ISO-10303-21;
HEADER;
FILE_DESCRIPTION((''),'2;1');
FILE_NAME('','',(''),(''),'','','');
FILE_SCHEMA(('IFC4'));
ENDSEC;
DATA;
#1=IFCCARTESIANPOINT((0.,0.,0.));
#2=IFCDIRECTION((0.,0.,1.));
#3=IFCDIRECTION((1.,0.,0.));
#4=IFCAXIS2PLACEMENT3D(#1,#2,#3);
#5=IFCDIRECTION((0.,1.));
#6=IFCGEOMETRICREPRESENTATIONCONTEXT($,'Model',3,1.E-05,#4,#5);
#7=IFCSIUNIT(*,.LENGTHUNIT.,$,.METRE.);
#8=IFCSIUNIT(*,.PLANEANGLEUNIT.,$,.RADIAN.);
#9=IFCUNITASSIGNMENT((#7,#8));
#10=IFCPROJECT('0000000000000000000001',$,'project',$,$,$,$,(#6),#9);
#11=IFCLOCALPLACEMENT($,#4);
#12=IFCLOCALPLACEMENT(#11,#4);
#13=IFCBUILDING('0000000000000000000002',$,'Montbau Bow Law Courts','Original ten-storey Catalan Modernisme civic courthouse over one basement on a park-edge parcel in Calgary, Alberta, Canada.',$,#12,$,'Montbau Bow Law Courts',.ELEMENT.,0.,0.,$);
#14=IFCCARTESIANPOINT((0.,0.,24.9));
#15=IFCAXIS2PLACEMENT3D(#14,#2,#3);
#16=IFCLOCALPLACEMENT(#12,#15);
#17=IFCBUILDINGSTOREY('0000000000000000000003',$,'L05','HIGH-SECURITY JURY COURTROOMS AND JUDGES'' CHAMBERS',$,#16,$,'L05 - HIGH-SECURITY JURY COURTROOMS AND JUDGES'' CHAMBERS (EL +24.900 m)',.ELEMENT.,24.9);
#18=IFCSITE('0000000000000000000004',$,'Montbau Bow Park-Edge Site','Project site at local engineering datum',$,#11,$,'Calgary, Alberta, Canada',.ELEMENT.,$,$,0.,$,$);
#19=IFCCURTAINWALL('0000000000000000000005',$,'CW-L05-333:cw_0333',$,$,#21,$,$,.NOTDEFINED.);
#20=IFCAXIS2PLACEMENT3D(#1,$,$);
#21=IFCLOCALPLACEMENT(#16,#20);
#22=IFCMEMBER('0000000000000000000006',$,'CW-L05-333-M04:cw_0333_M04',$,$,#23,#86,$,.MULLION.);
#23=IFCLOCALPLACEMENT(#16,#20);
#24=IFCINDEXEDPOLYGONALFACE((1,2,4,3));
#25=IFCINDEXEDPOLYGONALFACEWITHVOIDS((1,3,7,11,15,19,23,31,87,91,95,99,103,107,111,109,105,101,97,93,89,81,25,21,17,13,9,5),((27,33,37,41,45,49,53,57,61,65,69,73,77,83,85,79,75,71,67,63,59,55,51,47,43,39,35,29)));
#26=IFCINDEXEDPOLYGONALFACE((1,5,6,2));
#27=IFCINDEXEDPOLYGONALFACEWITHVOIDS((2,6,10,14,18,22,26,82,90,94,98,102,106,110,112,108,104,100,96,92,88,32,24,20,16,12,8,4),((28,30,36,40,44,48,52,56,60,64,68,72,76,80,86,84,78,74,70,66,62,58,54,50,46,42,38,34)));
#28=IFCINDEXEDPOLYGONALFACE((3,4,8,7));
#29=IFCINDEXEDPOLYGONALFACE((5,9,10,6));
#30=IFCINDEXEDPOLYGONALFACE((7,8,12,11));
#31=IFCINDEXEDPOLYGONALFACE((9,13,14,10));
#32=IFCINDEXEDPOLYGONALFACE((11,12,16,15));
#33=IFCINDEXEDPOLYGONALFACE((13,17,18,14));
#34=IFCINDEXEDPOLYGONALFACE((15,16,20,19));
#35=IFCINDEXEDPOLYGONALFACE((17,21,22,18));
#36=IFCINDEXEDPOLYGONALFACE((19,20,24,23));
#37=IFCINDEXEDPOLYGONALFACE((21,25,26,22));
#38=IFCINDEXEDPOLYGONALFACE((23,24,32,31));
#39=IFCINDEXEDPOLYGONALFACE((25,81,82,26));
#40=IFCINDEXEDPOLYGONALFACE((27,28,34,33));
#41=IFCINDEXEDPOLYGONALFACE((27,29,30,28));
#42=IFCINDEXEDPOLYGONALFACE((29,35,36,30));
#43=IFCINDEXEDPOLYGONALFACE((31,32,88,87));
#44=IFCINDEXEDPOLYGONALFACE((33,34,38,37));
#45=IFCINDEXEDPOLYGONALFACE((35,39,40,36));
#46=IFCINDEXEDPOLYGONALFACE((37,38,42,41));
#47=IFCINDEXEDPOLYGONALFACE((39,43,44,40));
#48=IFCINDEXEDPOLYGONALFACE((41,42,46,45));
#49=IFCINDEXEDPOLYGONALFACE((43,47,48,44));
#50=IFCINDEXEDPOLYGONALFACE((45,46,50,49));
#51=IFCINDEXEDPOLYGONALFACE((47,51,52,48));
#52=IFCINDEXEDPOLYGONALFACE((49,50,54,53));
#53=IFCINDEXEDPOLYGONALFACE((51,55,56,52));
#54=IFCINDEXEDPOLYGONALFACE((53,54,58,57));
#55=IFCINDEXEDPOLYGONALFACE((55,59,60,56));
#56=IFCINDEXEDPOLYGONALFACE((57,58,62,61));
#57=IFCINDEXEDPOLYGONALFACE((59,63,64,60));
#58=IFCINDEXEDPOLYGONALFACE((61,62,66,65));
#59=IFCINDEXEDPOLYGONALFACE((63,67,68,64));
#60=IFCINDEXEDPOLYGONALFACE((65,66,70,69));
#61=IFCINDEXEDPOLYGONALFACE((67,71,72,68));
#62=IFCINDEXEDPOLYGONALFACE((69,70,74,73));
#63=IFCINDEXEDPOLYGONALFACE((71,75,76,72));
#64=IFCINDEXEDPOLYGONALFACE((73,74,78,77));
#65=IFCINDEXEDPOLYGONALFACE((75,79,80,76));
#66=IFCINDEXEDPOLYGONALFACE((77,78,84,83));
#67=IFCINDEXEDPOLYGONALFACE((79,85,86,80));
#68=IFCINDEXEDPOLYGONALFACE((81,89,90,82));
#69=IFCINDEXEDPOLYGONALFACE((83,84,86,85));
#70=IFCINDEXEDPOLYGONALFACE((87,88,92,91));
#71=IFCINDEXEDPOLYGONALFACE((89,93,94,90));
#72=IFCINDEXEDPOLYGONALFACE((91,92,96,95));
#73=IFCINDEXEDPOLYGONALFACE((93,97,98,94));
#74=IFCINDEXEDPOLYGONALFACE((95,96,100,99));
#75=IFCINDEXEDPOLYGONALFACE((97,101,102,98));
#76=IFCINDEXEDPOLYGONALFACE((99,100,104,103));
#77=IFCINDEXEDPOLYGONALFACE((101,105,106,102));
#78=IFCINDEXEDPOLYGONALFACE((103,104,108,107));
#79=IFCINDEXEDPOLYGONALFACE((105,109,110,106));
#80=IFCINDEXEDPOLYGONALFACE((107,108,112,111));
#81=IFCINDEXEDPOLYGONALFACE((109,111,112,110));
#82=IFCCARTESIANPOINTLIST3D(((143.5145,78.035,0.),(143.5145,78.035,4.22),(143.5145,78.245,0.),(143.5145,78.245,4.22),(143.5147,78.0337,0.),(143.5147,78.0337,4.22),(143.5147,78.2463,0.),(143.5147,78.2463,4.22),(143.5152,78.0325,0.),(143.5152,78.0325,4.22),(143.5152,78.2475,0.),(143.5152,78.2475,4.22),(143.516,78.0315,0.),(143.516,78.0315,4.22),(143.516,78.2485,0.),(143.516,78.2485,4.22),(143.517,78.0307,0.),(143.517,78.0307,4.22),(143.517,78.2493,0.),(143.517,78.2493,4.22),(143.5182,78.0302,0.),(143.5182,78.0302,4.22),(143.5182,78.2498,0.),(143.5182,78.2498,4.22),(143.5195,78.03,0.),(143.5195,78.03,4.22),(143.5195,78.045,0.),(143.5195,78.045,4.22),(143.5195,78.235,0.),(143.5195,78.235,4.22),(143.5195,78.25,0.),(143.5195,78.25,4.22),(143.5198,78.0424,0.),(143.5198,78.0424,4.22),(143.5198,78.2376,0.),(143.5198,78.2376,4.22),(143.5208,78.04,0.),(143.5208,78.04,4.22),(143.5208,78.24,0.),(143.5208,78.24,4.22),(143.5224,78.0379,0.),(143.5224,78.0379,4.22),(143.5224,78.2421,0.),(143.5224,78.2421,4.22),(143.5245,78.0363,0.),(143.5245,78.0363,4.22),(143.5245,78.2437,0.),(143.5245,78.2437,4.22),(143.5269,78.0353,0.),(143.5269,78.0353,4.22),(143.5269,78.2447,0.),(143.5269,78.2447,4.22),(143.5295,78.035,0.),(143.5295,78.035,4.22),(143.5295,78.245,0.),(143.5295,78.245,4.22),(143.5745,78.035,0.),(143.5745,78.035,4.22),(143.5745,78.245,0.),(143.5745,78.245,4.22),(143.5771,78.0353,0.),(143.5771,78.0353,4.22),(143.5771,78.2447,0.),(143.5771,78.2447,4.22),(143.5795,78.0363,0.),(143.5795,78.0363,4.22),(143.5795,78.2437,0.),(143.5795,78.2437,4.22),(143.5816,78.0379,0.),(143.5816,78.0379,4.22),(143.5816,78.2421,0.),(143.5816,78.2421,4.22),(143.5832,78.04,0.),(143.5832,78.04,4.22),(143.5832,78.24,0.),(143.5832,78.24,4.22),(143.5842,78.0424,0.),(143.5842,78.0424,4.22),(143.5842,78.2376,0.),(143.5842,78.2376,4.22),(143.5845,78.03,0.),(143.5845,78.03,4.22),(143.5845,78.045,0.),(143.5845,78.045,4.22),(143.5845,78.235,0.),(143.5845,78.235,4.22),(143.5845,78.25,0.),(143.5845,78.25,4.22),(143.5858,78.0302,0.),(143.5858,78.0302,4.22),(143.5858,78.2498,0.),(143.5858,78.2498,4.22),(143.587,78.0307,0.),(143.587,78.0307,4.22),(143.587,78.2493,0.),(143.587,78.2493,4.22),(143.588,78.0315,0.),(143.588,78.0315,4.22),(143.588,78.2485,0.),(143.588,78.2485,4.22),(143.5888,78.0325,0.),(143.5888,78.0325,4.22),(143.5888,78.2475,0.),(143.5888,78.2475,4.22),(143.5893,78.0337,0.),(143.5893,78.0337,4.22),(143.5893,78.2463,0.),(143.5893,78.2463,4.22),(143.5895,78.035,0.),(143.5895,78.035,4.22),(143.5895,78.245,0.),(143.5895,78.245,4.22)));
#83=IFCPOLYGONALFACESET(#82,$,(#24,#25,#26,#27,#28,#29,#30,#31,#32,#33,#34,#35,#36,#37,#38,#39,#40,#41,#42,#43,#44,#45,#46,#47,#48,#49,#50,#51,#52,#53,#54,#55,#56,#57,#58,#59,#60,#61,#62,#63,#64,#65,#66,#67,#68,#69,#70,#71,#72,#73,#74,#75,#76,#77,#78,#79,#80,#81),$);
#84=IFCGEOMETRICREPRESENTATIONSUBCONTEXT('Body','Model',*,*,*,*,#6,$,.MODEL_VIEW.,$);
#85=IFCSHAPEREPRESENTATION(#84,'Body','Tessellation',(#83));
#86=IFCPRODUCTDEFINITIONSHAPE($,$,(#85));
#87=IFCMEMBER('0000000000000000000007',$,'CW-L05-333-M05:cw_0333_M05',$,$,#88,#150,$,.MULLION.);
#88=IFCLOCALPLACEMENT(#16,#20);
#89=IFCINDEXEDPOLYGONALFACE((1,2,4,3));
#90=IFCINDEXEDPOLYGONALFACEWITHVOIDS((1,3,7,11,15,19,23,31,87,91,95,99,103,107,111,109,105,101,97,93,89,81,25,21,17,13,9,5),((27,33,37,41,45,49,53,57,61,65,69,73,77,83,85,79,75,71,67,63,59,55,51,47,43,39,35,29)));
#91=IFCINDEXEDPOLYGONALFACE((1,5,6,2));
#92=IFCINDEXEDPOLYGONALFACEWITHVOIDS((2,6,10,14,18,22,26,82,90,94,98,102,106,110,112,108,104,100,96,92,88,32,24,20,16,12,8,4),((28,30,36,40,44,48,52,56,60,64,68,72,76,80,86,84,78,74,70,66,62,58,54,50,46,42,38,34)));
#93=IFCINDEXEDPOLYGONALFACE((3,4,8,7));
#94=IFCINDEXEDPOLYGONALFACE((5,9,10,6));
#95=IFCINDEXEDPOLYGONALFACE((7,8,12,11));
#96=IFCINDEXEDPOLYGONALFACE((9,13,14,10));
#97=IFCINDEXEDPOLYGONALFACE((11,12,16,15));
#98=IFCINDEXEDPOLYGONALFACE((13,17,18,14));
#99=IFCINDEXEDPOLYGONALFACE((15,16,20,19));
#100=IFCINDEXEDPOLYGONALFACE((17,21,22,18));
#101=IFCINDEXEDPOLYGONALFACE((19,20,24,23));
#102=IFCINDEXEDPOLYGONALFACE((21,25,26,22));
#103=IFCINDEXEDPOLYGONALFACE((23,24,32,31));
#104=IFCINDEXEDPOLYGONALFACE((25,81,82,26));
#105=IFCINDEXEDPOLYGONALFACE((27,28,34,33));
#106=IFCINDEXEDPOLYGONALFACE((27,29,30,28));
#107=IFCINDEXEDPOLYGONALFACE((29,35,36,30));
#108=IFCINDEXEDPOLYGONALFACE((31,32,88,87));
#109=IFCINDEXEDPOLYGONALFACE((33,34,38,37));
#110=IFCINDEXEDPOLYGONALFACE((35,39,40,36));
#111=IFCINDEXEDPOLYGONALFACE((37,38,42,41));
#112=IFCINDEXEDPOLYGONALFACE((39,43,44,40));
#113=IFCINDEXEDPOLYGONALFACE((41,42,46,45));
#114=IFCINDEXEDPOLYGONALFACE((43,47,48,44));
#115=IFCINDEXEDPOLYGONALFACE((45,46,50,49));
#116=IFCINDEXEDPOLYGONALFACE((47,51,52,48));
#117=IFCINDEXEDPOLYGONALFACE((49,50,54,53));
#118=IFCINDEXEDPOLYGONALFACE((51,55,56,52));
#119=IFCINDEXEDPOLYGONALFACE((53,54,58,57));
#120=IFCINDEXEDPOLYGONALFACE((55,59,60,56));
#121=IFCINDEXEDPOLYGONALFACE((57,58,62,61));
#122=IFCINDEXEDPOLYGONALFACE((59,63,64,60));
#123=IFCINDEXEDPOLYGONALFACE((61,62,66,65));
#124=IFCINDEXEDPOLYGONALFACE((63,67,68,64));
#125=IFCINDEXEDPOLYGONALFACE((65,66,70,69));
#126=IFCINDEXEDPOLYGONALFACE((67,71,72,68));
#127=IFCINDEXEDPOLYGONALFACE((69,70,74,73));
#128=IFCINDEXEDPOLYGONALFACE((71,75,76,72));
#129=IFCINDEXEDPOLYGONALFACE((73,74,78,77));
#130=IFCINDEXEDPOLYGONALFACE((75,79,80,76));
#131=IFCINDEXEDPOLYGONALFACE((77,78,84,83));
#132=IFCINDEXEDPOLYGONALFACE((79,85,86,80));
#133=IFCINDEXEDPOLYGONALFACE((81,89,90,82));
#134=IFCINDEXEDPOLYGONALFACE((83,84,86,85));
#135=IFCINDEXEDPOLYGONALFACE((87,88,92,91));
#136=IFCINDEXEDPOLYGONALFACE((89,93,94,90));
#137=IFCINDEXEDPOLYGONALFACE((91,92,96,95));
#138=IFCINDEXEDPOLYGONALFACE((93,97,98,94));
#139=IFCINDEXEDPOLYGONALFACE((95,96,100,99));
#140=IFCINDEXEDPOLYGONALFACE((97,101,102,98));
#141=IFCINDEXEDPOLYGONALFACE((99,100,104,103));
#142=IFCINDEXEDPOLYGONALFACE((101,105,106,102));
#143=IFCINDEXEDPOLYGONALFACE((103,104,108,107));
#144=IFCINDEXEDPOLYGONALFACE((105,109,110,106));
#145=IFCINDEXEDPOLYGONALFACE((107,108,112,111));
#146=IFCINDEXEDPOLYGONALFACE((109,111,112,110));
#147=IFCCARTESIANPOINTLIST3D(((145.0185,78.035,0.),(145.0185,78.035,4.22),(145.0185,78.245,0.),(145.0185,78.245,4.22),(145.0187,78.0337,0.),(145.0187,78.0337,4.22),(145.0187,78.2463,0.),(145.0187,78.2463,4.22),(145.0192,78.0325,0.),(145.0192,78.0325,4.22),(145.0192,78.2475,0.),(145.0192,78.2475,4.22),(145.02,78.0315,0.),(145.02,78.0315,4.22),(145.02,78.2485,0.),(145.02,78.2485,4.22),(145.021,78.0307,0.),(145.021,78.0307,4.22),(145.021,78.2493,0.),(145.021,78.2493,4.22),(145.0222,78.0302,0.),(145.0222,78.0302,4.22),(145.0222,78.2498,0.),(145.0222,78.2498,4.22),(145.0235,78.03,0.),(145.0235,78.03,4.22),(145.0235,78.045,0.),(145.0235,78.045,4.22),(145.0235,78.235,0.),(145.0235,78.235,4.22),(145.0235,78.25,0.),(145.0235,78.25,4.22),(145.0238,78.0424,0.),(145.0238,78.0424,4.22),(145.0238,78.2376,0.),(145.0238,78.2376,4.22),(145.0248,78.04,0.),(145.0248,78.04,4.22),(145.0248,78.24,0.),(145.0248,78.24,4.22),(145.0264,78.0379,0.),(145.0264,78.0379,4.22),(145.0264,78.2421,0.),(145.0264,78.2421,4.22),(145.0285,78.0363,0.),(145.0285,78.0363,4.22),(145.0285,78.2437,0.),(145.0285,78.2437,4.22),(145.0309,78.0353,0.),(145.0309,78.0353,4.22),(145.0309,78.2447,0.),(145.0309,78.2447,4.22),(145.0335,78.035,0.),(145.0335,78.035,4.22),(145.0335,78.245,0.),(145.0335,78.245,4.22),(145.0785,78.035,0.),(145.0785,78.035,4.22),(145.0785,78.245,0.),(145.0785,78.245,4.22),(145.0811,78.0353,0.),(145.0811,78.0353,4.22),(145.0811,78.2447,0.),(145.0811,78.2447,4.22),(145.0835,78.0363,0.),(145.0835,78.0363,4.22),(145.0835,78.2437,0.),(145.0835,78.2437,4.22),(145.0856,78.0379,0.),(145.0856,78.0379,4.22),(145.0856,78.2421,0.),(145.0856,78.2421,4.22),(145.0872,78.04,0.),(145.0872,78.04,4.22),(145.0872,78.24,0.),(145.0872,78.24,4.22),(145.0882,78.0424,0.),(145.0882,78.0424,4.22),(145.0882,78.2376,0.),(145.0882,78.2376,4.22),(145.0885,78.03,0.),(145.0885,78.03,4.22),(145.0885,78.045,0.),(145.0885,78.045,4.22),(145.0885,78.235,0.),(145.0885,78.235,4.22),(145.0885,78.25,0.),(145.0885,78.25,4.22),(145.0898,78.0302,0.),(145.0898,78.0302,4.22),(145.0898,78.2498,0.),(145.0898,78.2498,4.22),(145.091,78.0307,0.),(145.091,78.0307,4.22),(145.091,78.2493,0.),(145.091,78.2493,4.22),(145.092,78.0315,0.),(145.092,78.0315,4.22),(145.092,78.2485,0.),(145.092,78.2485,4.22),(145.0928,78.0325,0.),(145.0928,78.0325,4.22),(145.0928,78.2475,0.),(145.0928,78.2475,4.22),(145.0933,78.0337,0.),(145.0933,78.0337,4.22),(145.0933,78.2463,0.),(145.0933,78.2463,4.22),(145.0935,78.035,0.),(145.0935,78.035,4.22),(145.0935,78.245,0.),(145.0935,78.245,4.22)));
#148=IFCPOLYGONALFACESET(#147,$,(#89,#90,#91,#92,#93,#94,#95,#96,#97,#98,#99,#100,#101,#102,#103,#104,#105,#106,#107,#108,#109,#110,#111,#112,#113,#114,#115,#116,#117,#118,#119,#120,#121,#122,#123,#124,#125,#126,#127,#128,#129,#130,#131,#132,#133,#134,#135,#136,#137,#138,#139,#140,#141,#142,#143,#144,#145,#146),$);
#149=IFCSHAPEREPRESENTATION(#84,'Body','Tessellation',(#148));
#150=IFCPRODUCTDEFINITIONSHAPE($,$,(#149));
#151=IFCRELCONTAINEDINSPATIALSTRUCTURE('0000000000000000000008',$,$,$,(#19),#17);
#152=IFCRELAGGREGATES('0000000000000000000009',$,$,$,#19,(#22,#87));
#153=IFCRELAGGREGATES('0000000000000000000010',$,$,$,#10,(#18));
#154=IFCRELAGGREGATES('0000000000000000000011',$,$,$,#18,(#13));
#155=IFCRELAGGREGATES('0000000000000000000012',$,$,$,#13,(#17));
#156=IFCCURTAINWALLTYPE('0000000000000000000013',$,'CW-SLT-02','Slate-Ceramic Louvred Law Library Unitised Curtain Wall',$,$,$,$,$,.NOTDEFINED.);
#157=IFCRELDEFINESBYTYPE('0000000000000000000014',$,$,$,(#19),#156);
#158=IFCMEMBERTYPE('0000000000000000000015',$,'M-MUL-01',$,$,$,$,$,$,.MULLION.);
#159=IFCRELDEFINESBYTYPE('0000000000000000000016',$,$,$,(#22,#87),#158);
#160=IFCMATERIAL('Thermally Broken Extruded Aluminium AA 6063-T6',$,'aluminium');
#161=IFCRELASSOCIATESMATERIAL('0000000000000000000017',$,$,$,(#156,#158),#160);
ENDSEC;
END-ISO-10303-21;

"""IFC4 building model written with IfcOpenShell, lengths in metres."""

from ifc_helpers import new_model, si_unit, direction, frame, origin_with_axes, origin_2d_with_axis, place, context, subcontext, project, spatial, hollow_rectangle, extrude, material, material_profile, profile_set, type_object, element, aggregate, save


model = new_model("IFC4")

# Units and contexts
model_context = context("Model", 3, precision=1e-05, world=origin_with_axes(), true_north=direction((0.0, 1.0)))
body_context = subcontext(model_context, "Body", "Model", "MODEL_VIEW")
ifc_project = project(units=[si_unit("LENGTHUNIT", "METRE"), si_unit("PLANEANGLEUNIT", "RADIAN")], contexts=[model_context])

# Site, building, storey
site_placement = place(None, origin_with_axes())
site = spatial("IfcSite", under=ifc_project, at=site_placement, Name="Montbau Bow Park-Edge Site", Description="Project site at local engineering datum", LongName="Calgary, Alberta, Canada", CompositionType="ELEMENT", RefElevation=0.0)
building_placement = place(site_placement, origin_with_axes())
building = spatial("IfcBuilding", under=site, at=building_placement, Name="Montbau Bow Law Courts", Description="Original ten-storey Catalan Modernisme civic courthouse over one basement on a park-edge parcel in Calgary, Alberta, Canada.", LongName="Montbau Bow Law Courts", CompositionType="ELEMENT", ElevationOfRefHeight=0.0, ElevationOfTerrain=0.0)
storey_placement = place(building_placement, frame((0.0, 0.0, 24.9), z_axis=(0.0, 0.0, 1.0), x_axis=(1.0, 0.0, 0.0)))
storey = spatial("IfcBuildingStorey", under=building, at=storey_placement, Name="L05", Description="HIGH-SECURITY JURY COURTROOMS AND JUDGES' CHAMBERS", LongName="L05 - HIGH-SECURITY JURY COURTROOMS AND JUDGES' CHAMBERS (EL +24.900 m)", CompositionType="ELEMENT", Elevation=24.9)

# Curtain wall, members
ifc_material_1 = material(Name="Thermally Broken Extruded Aluminium AA 6063-T6", Category="aluminium")
curtain_wall_type = type_object("IfcCurtainWallType", Name="CW-SLT-02", Description="Slate-Ceramic Louvred Law Library Unitised Curtain Wall", PredefinedType="NOTDEFINED", material=ifc_material_1)
curtain_wall_placement = place(None, frame((139.04, 78.14, 24.9), z_axis=(0.0, 0.0, 1.0), x_axis=(1.0, 0.0, 0.0)))
curtain_wall = element("IfcCurtainWall", 1, at=curtain_wall_placement, inside=storey, type_object=curtain_wall_type, Name="CW-L05-333:cw_0333", PredefinedType="NOTDEFINED")
ifc_material_profile_1 = material_profile(ifc_material_1, hollow_rectangle(XDim=0.075, YDim=0.22, WallThickness=0.005, InnerFilletRadius=0.01, OuterFilletRadius=0.005, at=origin_2d_with_axis()), Name="CWM-220X75", Category="Main", Priority=0)
ifc_profile_set_1 = profile_set([ifc_material_profile_1], Name="Thermally Broken Extruded Aluminium AA 6063-T6")
member_type_1 = type_object("IfcMemberType", Name="M-MUL-01", PredefinedType="MULLION", material=ifc_profile_set_1)
member_1_placement = place(None, frame((143.552, 78.14, 24.9), z_axis=(0.0, 0.0, 1.0), x_axis=(1.0, 0.0, 0.0)))
member_1 = element("IfcMember", 2, at=member_1_placement, type_object=member_type_1, Name="CW-L05-333-M04:cw_0333_M04", PredefinedType="MULLION", context=body_context, shape_type="SweptSolid", body=[
    extrude(hollow_rectangle(XDim=0.075, YDim=0.22, WallThickness=0.005, InnerFilletRadius=0.01, OuterFilletRadius=0.005, at=origin_2d_with_axis()), origin_with_axes(), (0.0, 0.0, 1.0), 4.22),
])
member_2_placement = place(None, frame((145.056, 78.14, 24.9), z_axis=(0.0, 0.0, 1.0), x_axis=(1.0, 0.0, 0.0)))
member_2 = element("IfcMember", 3, at=member_2_placement, type_object=member_type_1, Name="CW-L05-333-M05:cw_0333_M05", PredefinedType="MULLION", context=body_context, shape_type="SweptSolid", body=[
    extrude(hollow_rectangle(XDim=0.075, YDim=0.22, WallThickness=0.005, InnerFilletRadius=0.01, OuterFilletRadius=0.005, at=origin_2d_with_axis()), origin_with_axes(), (0.0, 0.0, 1.0), 4.22),
])
aggregate(curtain_wall, [member_1, member_2])

save(model, "model.ifc")
